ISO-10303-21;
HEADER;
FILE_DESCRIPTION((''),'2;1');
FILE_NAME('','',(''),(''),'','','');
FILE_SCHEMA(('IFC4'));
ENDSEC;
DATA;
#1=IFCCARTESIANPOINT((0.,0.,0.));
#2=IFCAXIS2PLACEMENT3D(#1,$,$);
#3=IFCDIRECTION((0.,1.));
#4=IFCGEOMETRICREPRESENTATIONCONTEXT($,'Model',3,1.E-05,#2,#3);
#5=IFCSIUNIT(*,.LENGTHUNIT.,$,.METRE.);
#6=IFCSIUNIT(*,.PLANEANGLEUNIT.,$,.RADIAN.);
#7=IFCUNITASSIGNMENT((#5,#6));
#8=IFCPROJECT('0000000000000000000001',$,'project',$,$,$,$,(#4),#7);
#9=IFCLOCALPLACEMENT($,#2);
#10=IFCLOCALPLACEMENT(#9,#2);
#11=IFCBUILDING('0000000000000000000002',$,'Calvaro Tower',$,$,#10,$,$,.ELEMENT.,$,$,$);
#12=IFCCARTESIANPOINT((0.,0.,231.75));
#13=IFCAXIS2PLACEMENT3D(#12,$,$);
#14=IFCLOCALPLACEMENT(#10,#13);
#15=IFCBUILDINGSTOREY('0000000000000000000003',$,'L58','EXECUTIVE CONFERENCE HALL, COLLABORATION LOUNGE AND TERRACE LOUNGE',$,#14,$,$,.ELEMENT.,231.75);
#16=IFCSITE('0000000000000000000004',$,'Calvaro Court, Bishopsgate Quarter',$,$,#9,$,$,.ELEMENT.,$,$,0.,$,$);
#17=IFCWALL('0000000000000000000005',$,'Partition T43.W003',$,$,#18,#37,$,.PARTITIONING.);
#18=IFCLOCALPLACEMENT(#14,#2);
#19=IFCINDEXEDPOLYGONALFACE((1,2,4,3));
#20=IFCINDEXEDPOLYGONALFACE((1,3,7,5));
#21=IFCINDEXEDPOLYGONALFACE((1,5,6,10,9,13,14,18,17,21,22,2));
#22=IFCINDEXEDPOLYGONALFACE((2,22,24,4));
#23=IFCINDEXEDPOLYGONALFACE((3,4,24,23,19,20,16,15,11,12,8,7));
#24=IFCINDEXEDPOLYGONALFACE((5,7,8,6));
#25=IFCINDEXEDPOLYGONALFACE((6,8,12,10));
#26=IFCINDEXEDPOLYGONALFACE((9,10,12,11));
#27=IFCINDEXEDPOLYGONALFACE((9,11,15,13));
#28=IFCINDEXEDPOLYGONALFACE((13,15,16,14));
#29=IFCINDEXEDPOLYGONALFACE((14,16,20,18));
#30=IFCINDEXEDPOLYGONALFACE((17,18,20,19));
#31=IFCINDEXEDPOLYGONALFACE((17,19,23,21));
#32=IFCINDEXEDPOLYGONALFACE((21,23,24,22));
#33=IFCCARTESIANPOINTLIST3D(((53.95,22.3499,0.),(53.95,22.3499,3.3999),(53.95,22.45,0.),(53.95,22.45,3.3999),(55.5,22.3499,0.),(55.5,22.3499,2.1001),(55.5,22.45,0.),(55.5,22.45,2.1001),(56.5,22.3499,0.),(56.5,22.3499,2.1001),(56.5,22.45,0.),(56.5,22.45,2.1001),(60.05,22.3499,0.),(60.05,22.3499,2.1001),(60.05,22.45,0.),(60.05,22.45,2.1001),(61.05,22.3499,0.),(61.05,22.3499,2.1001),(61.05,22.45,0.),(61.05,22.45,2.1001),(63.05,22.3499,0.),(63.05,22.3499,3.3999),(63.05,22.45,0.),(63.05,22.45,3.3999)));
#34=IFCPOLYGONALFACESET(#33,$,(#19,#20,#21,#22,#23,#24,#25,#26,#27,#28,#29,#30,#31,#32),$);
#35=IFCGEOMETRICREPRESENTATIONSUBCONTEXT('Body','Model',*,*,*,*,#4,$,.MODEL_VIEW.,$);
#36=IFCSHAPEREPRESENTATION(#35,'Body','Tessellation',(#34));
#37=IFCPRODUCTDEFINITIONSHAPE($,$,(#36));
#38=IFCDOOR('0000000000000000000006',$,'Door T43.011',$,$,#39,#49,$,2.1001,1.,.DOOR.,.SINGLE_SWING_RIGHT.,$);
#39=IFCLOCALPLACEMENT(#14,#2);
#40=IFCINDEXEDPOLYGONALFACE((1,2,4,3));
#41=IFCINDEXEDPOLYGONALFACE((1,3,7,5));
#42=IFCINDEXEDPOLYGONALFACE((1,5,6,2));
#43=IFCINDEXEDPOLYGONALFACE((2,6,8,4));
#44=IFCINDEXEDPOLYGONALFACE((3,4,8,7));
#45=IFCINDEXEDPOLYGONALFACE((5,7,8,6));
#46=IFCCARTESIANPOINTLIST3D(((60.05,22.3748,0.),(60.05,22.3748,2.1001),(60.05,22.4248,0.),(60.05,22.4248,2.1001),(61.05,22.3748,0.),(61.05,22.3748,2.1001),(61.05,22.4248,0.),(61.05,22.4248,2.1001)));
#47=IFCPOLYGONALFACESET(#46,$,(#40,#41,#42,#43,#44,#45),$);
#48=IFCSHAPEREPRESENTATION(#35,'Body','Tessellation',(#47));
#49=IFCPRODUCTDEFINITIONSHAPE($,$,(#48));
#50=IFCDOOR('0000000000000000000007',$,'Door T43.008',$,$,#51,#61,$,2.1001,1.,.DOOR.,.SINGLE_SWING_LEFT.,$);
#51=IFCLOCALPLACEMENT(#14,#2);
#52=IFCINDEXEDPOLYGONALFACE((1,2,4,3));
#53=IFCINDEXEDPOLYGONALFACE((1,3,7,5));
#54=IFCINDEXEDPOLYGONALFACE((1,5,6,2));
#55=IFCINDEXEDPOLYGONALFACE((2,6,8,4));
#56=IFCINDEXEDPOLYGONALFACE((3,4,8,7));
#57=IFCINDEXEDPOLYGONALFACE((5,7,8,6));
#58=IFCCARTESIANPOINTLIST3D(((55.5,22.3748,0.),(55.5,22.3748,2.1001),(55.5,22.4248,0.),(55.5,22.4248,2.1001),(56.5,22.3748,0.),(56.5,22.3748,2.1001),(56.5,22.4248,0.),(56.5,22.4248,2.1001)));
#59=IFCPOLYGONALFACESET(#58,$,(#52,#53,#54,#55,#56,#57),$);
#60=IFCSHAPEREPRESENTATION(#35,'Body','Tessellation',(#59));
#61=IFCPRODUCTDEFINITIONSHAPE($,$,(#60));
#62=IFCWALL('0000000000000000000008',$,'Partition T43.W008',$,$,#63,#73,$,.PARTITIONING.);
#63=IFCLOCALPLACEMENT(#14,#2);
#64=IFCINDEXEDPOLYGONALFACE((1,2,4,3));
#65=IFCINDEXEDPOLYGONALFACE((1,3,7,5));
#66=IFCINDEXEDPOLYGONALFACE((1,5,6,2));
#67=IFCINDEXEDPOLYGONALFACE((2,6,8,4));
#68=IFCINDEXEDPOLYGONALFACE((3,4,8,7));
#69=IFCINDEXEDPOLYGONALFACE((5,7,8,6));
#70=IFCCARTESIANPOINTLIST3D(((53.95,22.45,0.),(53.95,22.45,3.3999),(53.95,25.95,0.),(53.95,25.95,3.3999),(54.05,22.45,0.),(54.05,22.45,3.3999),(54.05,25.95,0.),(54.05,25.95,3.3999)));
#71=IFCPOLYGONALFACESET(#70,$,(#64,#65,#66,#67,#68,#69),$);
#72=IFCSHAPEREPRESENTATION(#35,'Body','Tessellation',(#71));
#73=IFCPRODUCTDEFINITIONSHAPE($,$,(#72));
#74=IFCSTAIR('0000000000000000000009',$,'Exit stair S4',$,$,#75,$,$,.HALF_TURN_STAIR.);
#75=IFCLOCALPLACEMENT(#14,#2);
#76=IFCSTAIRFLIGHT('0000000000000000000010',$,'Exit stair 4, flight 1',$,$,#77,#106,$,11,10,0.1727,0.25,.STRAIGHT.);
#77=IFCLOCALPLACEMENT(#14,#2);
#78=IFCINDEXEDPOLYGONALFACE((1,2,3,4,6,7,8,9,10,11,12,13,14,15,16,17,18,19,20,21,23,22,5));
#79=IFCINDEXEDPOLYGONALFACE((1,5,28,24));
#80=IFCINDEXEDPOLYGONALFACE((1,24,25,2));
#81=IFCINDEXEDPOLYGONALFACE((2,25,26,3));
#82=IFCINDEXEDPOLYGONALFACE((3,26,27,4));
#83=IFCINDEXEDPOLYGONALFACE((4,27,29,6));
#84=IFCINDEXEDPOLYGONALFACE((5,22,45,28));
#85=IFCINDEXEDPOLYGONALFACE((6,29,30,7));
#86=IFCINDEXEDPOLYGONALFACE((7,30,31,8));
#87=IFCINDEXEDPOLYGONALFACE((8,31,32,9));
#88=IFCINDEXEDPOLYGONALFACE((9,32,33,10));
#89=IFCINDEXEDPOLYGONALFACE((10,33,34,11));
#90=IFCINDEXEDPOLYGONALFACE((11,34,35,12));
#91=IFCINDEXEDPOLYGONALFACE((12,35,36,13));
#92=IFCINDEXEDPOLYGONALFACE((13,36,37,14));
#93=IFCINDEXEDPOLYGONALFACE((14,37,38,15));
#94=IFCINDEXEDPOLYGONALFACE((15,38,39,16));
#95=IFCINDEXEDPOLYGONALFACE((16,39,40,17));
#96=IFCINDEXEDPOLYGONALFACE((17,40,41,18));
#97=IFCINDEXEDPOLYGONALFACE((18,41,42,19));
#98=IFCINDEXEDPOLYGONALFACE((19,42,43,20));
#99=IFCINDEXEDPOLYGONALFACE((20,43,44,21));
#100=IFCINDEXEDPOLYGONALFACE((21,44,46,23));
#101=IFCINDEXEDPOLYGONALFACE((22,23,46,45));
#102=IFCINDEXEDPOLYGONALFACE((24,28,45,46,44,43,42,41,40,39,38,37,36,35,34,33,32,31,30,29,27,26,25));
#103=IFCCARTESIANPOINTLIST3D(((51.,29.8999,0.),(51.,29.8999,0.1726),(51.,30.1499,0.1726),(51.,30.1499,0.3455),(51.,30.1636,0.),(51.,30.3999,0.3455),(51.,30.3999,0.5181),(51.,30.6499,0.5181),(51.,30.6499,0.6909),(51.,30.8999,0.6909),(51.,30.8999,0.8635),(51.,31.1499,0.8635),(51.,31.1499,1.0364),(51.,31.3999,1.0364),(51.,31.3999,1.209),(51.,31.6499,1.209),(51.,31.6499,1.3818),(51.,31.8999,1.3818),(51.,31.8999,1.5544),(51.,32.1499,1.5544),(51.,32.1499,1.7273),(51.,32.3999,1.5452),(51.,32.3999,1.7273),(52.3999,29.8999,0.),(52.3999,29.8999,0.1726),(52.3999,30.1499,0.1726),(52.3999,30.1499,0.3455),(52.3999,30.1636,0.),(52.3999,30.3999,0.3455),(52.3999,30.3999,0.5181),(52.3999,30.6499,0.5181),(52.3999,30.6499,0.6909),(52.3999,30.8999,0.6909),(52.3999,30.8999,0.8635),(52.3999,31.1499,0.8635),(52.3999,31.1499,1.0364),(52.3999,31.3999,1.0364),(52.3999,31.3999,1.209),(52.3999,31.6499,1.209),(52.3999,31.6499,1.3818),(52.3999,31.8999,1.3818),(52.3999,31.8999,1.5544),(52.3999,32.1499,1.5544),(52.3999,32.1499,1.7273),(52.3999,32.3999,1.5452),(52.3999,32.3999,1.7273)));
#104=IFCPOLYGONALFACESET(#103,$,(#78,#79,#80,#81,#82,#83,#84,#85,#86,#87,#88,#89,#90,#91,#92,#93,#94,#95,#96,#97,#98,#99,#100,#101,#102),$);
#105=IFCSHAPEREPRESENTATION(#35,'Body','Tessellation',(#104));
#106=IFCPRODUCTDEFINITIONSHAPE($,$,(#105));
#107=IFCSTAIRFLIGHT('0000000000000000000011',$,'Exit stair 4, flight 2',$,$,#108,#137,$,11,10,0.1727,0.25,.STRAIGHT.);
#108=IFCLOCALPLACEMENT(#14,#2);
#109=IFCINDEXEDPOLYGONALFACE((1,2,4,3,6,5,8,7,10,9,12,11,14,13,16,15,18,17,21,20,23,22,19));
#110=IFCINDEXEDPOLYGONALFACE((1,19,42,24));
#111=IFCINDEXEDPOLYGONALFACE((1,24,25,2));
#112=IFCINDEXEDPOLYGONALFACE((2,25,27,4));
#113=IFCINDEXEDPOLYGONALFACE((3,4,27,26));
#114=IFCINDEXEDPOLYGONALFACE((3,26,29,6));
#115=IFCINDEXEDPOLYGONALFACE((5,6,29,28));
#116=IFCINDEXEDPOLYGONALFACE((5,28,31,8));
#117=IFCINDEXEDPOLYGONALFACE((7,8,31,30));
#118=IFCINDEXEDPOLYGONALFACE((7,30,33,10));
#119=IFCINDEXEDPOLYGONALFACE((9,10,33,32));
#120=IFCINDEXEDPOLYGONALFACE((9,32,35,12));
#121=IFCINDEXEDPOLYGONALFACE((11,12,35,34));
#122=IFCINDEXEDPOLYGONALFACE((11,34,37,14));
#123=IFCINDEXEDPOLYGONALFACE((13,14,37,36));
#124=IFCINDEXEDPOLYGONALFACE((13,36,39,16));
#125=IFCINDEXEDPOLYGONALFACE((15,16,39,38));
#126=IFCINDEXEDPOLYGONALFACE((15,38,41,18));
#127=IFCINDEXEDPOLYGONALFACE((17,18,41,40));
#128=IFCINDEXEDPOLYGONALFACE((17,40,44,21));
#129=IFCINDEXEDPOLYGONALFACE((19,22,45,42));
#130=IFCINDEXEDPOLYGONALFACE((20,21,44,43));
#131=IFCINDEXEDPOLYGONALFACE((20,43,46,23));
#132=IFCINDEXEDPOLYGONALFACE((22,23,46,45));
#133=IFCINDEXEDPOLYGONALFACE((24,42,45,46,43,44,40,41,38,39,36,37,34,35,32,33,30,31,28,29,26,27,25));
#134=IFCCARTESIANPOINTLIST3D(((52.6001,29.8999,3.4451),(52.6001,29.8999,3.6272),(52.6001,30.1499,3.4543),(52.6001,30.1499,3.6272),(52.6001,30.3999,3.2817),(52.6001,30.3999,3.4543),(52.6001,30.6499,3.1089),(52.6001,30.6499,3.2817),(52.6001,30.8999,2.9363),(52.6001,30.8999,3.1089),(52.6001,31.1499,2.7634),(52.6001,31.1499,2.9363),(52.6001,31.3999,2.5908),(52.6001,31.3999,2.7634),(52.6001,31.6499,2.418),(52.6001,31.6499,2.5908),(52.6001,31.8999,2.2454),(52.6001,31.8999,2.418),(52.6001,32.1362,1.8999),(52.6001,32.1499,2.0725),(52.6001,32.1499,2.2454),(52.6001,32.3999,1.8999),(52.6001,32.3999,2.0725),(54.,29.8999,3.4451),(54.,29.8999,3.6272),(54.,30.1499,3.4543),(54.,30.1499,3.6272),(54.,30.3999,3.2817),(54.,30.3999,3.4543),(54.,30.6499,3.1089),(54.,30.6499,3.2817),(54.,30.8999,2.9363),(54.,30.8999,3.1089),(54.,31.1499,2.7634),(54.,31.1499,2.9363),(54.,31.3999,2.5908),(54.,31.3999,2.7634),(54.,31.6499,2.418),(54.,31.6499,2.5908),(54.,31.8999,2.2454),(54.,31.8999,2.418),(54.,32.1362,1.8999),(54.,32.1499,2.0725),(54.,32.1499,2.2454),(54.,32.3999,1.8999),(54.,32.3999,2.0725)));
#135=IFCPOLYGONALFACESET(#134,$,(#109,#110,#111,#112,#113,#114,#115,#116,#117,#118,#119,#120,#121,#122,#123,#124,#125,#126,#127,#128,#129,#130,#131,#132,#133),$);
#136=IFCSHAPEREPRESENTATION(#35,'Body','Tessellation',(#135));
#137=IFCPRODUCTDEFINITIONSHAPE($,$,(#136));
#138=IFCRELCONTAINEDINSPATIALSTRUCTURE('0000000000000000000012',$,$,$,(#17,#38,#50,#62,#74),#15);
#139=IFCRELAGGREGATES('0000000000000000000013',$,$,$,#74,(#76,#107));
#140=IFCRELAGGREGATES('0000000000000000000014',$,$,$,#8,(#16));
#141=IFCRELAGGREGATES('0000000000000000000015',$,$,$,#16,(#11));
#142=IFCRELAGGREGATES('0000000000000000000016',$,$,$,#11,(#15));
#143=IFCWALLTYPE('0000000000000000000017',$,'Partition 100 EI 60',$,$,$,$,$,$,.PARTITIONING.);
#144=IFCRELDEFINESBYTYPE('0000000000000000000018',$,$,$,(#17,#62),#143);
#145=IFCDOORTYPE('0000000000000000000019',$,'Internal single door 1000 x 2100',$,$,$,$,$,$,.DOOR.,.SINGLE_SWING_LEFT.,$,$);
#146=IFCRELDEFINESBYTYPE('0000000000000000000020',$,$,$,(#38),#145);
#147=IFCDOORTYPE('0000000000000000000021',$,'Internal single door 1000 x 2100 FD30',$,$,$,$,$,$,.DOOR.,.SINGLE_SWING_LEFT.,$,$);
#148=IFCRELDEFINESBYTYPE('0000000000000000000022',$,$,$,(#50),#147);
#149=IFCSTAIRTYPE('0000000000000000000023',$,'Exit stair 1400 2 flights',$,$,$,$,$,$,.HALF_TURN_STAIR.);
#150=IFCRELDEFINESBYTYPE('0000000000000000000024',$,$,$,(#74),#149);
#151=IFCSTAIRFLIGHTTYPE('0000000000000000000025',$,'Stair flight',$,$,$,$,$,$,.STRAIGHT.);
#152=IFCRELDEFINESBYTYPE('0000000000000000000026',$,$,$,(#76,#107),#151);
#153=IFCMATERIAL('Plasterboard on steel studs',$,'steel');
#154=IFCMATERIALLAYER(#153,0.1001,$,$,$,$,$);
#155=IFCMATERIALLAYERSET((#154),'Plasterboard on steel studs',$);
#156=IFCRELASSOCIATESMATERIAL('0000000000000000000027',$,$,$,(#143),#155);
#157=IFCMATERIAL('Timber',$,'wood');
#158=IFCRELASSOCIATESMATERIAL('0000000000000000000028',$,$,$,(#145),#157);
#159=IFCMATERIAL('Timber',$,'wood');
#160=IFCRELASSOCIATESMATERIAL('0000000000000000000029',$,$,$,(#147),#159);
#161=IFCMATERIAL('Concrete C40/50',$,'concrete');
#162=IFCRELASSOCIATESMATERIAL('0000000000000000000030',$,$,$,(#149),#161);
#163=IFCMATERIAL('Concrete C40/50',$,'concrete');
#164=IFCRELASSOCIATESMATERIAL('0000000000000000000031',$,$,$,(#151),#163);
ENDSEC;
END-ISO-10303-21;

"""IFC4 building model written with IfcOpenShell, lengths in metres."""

from ifc_helpers import new_model, si_unit, direction, frame, frame_2d, origin, place, context, subcontext, project, spatial, polyline, rectangle, outline, extrude, material, layer, layer_set, type_object, element, fill, aggregate, save


model = new_model("IFC4")

# Units and contexts
model_context = context("Model", 3, precision=1e-05, world=origin(), true_north=direction((0.0, 1.0)))
body_context = subcontext(model_context, "Body", "Model", "MODEL_VIEW")
ifc_project = project(units=[si_unit("LENGTHUNIT", "METRE"), si_unit("PLANEANGLEUNIT", "RADIAN")], contexts=[model_context])

# Site, building, storey
site_placement = place(None, origin())
site = spatial("IfcSite", under=ifc_project, at=site_placement, Name="Calvaro Court, Bishopsgate Quarter", CompositionType="ELEMENT", RefElevation=0.0)
building_placement = place(site_placement, origin())
building = spatial("IfcBuilding", under=site, at=building_placement, Name="Calvaro Tower", CompositionType="ELEMENT")
storey_placement = place(building_placement, frame((0.0, 0.0, 231.75)))
storey = spatial("IfcBuildingStorey", under=building, at=storey_placement, Name="L58", Description="EXECUTIVE CONFERENCE HALL, COLLABORATION LOUNGE AND TERRACE LOUNGE", CompositionType="ELEMENT", Elevation=231.75)

# Wall, openings, doors
ifc_material_1 = material(Name="Plasterboard on steel studs", Category="steel")
ifc_layer_1 = layer(ifc_material_1, 0.1001)
ifc_layer_set_1 = layer_set([ifc_layer_1], Name="Plasterboard on steel studs")
wall_type_1 = type_object("IfcWallType", Name="Partition 100 EI 60", PredefinedType="PARTITIONING", material=ifc_layer_set_1)
wall_1_placement = place(storey_placement, frame((53.95, 22.3999, 0.0), z_axis=(0.0, 0.0, 1.0), x_axis=(1.0, 0.0, 0.0)))
wall_1 = element("IfcWall", 1, at=wall_1_placement, inside=storey, type_object=wall_type_1, Name="Partition T43.W003", PredefinedType="PARTITIONING", context=body_context, shape_type="SweptSolid", body=[
    extrude(rectangle(XDim=9.1001, YDim=0.1001, at=frame_2d((4.55, 0.0))), origin(), (0.0, 0.0, 1.0), 3.3999),
])
opening_1_placement = place(wall_1_placement, frame((1.55, 0.0, 0.0)))
opening_1 = element("IfcOpeningElement", 2, at=opening_1_placement, cuts=wall_1, PredefinedType="OPENING", context=body_context, shape_type="SweptSolid", body=[
    extrude(rectangle(XDim=1.0, YDim=2.1001, at=frame_2d((0.5, 1.05))), frame((0.0, 0.0601, 0.0), z_axis=(0.0, -1.0, 0.0), x_axis=(1.0, 0.0, 0.0)), (0.0, 0.0, 1.0), 0.1201),
])
opening_2_placement = place(wall_1_placement, frame((6.1001, 0.0, 0.0)))
opening_2 = element("IfcOpeningElement", 3, at=opening_2_placement, cuts=wall_1, PredefinedType="OPENING", context=body_context, shape_type="SweptSolid", body=[
    extrude(rectangle(XDim=1.0, YDim=2.1001, at=frame_2d((0.5, 1.05))), frame((0.0, 0.0601, 0.0), z_axis=(0.0, -1.0, 0.0), x_axis=(1.0, 0.0, 0.0)), (0.0, 0.0, 1.0), 0.1201),
])
ifc_material_2 = material(Name="Timber", Category="wood")
door_type_1 = type_object("IfcDoorType", Name="Internal single door 1000 x 2100", OperationType="SINGLE_SWING_LEFT", PredefinedType="DOOR", material=ifc_material_2)
door_1_placement = place(opening_2_placement, origin())
door_1 = element("IfcDoor", 4, at=door_1_placement, inside=storey, type_object=door_type_1, Name="Door T43.011", OperationType="SINGLE_SWING_RIGHT", OverallHeight=2.1001, OverallWidth=1.0, PredefinedType="DOOR", context=body_context, shape_type="SweptSolid", body=[
    extrude(rectangle(XDim=1.0, YDim=2.1001, at=frame_2d((0.5, 1.05))), frame((0.0, 0.0249, 0.0), z_axis=(0.0, -1.0, 0.0), x_axis=(1.0, 0.0, 0.0)), (0.0, 0.0, 1.0), 0.05),
])
fill(opening_2, door_1)
ifc_material_3 = material(Name="Timber", Category="wood")
door_type_2 = type_object("IfcDoorType", Name="Internal single door 1000 x 2100 FD30", OperationType="SINGLE_SWING_LEFT", PredefinedType="DOOR", material=ifc_material_3)
door_2_placement = place(opening_1_placement, origin())
door_2 = element("IfcDoor", 5, at=door_2_placement, inside=storey, type_object=door_type_2, Name="Door T43.008", OperationType="SINGLE_SWING_LEFT", OverallHeight=2.1001, OverallWidth=1.0, PredefinedType="DOOR", context=body_context, shape_type="SweptSolid", body=[
    extrude(rectangle(XDim=1.0, YDim=2.1001, at=frame_2d((0.5, 1.05))), frame((0.0, 0.0249, 0.0), z_axis=(0.0, -1.0, 0.0), x_axis=(1.0, 0.0, 0.0)), (0.0, 0.0, 1.0), 0.05),
])
fill(opening_1, door_2)

# Wall
wall_2_placement = place(storey_placement, frame((54.0, 22.45, 0.0), z_axis=(0.0, 0.0, 1.0), x_axis=(0.0, 1.0, 0.0)))
element("IfcWall", 6, at=wall_2_placement, inside=storey, type_object=wall_type_1, Name="Partition T43.W008", PredefinedType="PARTITIONING", context=body_context, shape_type="SweptSolid", body=[
    extrude(rectangle(XDim=3.5, YDim=0.1001, at=frame_2d((1.75, 0.0))), origin(), (0.0, 0.0, 1.0), 3.3999),
])

# Stair, stair flights
ifc_material_4 = material(Name="Concrete C40/50", Category="concrete")
stair_type = type_object("IfcStairType", Name="Exit stair 1400 2 flights", PredefinedType="HALF_TURN_STAIR", material=ifc_material_4)
stair_placement = place(storey_placement, origin())
stair = element("IfcStair", 7, at=stair_placement, inside=storey, type_object=stair_type, Name="Exit stair S4", PredefinedType="HALF_TURN_STAIR")
ifc_material_5 = material(Name="Concrete C40/50", Category="concrete")
stair_flight_type = type_object("IfcStairFlightType", Name="Stair flight", PredefinedType="STRAIGHT", material=ifc_material_5)
stair_flight_1_placement = place(storey_placement, frame((51.7, 29.8999, 0.0), z_axis=(0.0, 0.0, 1.0), x_axis=(0.0, 1.0, 0.0)))
stair_flight_1 = element("IfcStairFlight", 8, at=stair_flight_1_placement, type_object=stair_flight_type, Name="Exit stair 4, flight 1", NumberOfRisers=11, NumberOfTreads=10, PredefinedType="STRAIGHT", RiserHeight=0.1727, TreadLength=0.25, context=body_context, shape_type="SweptSolid", body=[
    extrude(outline(polyline([(0.0, 0.0), (0.0, 0.1726), (0.25, 0.1726), (0.25, 0.3455), (0.5, 0.3455), (0.5, 0.5181), (0.75, 0.5181), (0.75, 0.6909), (1.0, 0.6909), (1.0, 0.8635), (1.25, 0.8635), (1.25, 1.0364), (1.5, 1.0364), (1.5, 1.209), (1.75, 1.209), (1.75, 1.3818), (2.0, 1.3818), (2.0, 1.5544), (2.25, 1.5544), (2.25, 1.7273), (2.5, 1.7273), (2.5, 1.8999), (2.5, 1.5452), (0.2637, 0.0), (0.0, 0.0)])), frame((0.0, 0.7, 0.0), z_axis=(0.0, -1.0, 0.0), x_axis=(1.0, 0.0, 0.0)), (0.0, 0.0, 1.0), 1.3999),
])
stair_flight_2_placement = place(storey_placement, frame((53.3, 32.3999, 1.8999), z_axis=(0.0, 0.0, 1.0), x_axis=(0.0, -1.0, 0.0)))
stair_flight_2 = element("IfcStairFlight", 9, at=stair_flight_2_placement, type_object=stair_flight_type, Name="Exit stair 4, flight 2", NumberOfRisers=11, NumberOfTreads=10, PredefinedType="STRAIGHT", RiserHeight=0.1727, TreadLength=0.25, context=body_context, shape_type="SweptSolid", body=[
    extrude(outline(polyline([(0.0, 0.0), (0.0, 0.1726), (0.25, 0.1726), (0.25, 0.3455), (0.5, 0.3455), (0.5, 0.5181), (0.75, 0.5181), (0.75, 0.6909), (1.0, 0.6909), (1.0, 0.8635), (1.25, 0.8635), (1.25, 1.0364), (1.5, 1.0364), (1.5, 1.209), (1.75, 1.209), (1.75, 1.3818), (2.0, 1.3818), (2.0, 1.5544), (2.25, 1.5544), (2.25, 1.7273), (2.5, 1.7273), (2.5, 1.8999), (2.5, 1.5452), (0.2637, 0.0), (0.0, 0.0)])), frame((0.0, 0.7, 0.0), z_axis=(0.0, -1.0, 0.0), x_axis=(1.0, 0.0, 0.0)), (0.0, 0.0, 1.0), 1.3999),
])
aggregate(stair, [stair_flight_1, stair_flight_2])

save(model, "model.ifc")
